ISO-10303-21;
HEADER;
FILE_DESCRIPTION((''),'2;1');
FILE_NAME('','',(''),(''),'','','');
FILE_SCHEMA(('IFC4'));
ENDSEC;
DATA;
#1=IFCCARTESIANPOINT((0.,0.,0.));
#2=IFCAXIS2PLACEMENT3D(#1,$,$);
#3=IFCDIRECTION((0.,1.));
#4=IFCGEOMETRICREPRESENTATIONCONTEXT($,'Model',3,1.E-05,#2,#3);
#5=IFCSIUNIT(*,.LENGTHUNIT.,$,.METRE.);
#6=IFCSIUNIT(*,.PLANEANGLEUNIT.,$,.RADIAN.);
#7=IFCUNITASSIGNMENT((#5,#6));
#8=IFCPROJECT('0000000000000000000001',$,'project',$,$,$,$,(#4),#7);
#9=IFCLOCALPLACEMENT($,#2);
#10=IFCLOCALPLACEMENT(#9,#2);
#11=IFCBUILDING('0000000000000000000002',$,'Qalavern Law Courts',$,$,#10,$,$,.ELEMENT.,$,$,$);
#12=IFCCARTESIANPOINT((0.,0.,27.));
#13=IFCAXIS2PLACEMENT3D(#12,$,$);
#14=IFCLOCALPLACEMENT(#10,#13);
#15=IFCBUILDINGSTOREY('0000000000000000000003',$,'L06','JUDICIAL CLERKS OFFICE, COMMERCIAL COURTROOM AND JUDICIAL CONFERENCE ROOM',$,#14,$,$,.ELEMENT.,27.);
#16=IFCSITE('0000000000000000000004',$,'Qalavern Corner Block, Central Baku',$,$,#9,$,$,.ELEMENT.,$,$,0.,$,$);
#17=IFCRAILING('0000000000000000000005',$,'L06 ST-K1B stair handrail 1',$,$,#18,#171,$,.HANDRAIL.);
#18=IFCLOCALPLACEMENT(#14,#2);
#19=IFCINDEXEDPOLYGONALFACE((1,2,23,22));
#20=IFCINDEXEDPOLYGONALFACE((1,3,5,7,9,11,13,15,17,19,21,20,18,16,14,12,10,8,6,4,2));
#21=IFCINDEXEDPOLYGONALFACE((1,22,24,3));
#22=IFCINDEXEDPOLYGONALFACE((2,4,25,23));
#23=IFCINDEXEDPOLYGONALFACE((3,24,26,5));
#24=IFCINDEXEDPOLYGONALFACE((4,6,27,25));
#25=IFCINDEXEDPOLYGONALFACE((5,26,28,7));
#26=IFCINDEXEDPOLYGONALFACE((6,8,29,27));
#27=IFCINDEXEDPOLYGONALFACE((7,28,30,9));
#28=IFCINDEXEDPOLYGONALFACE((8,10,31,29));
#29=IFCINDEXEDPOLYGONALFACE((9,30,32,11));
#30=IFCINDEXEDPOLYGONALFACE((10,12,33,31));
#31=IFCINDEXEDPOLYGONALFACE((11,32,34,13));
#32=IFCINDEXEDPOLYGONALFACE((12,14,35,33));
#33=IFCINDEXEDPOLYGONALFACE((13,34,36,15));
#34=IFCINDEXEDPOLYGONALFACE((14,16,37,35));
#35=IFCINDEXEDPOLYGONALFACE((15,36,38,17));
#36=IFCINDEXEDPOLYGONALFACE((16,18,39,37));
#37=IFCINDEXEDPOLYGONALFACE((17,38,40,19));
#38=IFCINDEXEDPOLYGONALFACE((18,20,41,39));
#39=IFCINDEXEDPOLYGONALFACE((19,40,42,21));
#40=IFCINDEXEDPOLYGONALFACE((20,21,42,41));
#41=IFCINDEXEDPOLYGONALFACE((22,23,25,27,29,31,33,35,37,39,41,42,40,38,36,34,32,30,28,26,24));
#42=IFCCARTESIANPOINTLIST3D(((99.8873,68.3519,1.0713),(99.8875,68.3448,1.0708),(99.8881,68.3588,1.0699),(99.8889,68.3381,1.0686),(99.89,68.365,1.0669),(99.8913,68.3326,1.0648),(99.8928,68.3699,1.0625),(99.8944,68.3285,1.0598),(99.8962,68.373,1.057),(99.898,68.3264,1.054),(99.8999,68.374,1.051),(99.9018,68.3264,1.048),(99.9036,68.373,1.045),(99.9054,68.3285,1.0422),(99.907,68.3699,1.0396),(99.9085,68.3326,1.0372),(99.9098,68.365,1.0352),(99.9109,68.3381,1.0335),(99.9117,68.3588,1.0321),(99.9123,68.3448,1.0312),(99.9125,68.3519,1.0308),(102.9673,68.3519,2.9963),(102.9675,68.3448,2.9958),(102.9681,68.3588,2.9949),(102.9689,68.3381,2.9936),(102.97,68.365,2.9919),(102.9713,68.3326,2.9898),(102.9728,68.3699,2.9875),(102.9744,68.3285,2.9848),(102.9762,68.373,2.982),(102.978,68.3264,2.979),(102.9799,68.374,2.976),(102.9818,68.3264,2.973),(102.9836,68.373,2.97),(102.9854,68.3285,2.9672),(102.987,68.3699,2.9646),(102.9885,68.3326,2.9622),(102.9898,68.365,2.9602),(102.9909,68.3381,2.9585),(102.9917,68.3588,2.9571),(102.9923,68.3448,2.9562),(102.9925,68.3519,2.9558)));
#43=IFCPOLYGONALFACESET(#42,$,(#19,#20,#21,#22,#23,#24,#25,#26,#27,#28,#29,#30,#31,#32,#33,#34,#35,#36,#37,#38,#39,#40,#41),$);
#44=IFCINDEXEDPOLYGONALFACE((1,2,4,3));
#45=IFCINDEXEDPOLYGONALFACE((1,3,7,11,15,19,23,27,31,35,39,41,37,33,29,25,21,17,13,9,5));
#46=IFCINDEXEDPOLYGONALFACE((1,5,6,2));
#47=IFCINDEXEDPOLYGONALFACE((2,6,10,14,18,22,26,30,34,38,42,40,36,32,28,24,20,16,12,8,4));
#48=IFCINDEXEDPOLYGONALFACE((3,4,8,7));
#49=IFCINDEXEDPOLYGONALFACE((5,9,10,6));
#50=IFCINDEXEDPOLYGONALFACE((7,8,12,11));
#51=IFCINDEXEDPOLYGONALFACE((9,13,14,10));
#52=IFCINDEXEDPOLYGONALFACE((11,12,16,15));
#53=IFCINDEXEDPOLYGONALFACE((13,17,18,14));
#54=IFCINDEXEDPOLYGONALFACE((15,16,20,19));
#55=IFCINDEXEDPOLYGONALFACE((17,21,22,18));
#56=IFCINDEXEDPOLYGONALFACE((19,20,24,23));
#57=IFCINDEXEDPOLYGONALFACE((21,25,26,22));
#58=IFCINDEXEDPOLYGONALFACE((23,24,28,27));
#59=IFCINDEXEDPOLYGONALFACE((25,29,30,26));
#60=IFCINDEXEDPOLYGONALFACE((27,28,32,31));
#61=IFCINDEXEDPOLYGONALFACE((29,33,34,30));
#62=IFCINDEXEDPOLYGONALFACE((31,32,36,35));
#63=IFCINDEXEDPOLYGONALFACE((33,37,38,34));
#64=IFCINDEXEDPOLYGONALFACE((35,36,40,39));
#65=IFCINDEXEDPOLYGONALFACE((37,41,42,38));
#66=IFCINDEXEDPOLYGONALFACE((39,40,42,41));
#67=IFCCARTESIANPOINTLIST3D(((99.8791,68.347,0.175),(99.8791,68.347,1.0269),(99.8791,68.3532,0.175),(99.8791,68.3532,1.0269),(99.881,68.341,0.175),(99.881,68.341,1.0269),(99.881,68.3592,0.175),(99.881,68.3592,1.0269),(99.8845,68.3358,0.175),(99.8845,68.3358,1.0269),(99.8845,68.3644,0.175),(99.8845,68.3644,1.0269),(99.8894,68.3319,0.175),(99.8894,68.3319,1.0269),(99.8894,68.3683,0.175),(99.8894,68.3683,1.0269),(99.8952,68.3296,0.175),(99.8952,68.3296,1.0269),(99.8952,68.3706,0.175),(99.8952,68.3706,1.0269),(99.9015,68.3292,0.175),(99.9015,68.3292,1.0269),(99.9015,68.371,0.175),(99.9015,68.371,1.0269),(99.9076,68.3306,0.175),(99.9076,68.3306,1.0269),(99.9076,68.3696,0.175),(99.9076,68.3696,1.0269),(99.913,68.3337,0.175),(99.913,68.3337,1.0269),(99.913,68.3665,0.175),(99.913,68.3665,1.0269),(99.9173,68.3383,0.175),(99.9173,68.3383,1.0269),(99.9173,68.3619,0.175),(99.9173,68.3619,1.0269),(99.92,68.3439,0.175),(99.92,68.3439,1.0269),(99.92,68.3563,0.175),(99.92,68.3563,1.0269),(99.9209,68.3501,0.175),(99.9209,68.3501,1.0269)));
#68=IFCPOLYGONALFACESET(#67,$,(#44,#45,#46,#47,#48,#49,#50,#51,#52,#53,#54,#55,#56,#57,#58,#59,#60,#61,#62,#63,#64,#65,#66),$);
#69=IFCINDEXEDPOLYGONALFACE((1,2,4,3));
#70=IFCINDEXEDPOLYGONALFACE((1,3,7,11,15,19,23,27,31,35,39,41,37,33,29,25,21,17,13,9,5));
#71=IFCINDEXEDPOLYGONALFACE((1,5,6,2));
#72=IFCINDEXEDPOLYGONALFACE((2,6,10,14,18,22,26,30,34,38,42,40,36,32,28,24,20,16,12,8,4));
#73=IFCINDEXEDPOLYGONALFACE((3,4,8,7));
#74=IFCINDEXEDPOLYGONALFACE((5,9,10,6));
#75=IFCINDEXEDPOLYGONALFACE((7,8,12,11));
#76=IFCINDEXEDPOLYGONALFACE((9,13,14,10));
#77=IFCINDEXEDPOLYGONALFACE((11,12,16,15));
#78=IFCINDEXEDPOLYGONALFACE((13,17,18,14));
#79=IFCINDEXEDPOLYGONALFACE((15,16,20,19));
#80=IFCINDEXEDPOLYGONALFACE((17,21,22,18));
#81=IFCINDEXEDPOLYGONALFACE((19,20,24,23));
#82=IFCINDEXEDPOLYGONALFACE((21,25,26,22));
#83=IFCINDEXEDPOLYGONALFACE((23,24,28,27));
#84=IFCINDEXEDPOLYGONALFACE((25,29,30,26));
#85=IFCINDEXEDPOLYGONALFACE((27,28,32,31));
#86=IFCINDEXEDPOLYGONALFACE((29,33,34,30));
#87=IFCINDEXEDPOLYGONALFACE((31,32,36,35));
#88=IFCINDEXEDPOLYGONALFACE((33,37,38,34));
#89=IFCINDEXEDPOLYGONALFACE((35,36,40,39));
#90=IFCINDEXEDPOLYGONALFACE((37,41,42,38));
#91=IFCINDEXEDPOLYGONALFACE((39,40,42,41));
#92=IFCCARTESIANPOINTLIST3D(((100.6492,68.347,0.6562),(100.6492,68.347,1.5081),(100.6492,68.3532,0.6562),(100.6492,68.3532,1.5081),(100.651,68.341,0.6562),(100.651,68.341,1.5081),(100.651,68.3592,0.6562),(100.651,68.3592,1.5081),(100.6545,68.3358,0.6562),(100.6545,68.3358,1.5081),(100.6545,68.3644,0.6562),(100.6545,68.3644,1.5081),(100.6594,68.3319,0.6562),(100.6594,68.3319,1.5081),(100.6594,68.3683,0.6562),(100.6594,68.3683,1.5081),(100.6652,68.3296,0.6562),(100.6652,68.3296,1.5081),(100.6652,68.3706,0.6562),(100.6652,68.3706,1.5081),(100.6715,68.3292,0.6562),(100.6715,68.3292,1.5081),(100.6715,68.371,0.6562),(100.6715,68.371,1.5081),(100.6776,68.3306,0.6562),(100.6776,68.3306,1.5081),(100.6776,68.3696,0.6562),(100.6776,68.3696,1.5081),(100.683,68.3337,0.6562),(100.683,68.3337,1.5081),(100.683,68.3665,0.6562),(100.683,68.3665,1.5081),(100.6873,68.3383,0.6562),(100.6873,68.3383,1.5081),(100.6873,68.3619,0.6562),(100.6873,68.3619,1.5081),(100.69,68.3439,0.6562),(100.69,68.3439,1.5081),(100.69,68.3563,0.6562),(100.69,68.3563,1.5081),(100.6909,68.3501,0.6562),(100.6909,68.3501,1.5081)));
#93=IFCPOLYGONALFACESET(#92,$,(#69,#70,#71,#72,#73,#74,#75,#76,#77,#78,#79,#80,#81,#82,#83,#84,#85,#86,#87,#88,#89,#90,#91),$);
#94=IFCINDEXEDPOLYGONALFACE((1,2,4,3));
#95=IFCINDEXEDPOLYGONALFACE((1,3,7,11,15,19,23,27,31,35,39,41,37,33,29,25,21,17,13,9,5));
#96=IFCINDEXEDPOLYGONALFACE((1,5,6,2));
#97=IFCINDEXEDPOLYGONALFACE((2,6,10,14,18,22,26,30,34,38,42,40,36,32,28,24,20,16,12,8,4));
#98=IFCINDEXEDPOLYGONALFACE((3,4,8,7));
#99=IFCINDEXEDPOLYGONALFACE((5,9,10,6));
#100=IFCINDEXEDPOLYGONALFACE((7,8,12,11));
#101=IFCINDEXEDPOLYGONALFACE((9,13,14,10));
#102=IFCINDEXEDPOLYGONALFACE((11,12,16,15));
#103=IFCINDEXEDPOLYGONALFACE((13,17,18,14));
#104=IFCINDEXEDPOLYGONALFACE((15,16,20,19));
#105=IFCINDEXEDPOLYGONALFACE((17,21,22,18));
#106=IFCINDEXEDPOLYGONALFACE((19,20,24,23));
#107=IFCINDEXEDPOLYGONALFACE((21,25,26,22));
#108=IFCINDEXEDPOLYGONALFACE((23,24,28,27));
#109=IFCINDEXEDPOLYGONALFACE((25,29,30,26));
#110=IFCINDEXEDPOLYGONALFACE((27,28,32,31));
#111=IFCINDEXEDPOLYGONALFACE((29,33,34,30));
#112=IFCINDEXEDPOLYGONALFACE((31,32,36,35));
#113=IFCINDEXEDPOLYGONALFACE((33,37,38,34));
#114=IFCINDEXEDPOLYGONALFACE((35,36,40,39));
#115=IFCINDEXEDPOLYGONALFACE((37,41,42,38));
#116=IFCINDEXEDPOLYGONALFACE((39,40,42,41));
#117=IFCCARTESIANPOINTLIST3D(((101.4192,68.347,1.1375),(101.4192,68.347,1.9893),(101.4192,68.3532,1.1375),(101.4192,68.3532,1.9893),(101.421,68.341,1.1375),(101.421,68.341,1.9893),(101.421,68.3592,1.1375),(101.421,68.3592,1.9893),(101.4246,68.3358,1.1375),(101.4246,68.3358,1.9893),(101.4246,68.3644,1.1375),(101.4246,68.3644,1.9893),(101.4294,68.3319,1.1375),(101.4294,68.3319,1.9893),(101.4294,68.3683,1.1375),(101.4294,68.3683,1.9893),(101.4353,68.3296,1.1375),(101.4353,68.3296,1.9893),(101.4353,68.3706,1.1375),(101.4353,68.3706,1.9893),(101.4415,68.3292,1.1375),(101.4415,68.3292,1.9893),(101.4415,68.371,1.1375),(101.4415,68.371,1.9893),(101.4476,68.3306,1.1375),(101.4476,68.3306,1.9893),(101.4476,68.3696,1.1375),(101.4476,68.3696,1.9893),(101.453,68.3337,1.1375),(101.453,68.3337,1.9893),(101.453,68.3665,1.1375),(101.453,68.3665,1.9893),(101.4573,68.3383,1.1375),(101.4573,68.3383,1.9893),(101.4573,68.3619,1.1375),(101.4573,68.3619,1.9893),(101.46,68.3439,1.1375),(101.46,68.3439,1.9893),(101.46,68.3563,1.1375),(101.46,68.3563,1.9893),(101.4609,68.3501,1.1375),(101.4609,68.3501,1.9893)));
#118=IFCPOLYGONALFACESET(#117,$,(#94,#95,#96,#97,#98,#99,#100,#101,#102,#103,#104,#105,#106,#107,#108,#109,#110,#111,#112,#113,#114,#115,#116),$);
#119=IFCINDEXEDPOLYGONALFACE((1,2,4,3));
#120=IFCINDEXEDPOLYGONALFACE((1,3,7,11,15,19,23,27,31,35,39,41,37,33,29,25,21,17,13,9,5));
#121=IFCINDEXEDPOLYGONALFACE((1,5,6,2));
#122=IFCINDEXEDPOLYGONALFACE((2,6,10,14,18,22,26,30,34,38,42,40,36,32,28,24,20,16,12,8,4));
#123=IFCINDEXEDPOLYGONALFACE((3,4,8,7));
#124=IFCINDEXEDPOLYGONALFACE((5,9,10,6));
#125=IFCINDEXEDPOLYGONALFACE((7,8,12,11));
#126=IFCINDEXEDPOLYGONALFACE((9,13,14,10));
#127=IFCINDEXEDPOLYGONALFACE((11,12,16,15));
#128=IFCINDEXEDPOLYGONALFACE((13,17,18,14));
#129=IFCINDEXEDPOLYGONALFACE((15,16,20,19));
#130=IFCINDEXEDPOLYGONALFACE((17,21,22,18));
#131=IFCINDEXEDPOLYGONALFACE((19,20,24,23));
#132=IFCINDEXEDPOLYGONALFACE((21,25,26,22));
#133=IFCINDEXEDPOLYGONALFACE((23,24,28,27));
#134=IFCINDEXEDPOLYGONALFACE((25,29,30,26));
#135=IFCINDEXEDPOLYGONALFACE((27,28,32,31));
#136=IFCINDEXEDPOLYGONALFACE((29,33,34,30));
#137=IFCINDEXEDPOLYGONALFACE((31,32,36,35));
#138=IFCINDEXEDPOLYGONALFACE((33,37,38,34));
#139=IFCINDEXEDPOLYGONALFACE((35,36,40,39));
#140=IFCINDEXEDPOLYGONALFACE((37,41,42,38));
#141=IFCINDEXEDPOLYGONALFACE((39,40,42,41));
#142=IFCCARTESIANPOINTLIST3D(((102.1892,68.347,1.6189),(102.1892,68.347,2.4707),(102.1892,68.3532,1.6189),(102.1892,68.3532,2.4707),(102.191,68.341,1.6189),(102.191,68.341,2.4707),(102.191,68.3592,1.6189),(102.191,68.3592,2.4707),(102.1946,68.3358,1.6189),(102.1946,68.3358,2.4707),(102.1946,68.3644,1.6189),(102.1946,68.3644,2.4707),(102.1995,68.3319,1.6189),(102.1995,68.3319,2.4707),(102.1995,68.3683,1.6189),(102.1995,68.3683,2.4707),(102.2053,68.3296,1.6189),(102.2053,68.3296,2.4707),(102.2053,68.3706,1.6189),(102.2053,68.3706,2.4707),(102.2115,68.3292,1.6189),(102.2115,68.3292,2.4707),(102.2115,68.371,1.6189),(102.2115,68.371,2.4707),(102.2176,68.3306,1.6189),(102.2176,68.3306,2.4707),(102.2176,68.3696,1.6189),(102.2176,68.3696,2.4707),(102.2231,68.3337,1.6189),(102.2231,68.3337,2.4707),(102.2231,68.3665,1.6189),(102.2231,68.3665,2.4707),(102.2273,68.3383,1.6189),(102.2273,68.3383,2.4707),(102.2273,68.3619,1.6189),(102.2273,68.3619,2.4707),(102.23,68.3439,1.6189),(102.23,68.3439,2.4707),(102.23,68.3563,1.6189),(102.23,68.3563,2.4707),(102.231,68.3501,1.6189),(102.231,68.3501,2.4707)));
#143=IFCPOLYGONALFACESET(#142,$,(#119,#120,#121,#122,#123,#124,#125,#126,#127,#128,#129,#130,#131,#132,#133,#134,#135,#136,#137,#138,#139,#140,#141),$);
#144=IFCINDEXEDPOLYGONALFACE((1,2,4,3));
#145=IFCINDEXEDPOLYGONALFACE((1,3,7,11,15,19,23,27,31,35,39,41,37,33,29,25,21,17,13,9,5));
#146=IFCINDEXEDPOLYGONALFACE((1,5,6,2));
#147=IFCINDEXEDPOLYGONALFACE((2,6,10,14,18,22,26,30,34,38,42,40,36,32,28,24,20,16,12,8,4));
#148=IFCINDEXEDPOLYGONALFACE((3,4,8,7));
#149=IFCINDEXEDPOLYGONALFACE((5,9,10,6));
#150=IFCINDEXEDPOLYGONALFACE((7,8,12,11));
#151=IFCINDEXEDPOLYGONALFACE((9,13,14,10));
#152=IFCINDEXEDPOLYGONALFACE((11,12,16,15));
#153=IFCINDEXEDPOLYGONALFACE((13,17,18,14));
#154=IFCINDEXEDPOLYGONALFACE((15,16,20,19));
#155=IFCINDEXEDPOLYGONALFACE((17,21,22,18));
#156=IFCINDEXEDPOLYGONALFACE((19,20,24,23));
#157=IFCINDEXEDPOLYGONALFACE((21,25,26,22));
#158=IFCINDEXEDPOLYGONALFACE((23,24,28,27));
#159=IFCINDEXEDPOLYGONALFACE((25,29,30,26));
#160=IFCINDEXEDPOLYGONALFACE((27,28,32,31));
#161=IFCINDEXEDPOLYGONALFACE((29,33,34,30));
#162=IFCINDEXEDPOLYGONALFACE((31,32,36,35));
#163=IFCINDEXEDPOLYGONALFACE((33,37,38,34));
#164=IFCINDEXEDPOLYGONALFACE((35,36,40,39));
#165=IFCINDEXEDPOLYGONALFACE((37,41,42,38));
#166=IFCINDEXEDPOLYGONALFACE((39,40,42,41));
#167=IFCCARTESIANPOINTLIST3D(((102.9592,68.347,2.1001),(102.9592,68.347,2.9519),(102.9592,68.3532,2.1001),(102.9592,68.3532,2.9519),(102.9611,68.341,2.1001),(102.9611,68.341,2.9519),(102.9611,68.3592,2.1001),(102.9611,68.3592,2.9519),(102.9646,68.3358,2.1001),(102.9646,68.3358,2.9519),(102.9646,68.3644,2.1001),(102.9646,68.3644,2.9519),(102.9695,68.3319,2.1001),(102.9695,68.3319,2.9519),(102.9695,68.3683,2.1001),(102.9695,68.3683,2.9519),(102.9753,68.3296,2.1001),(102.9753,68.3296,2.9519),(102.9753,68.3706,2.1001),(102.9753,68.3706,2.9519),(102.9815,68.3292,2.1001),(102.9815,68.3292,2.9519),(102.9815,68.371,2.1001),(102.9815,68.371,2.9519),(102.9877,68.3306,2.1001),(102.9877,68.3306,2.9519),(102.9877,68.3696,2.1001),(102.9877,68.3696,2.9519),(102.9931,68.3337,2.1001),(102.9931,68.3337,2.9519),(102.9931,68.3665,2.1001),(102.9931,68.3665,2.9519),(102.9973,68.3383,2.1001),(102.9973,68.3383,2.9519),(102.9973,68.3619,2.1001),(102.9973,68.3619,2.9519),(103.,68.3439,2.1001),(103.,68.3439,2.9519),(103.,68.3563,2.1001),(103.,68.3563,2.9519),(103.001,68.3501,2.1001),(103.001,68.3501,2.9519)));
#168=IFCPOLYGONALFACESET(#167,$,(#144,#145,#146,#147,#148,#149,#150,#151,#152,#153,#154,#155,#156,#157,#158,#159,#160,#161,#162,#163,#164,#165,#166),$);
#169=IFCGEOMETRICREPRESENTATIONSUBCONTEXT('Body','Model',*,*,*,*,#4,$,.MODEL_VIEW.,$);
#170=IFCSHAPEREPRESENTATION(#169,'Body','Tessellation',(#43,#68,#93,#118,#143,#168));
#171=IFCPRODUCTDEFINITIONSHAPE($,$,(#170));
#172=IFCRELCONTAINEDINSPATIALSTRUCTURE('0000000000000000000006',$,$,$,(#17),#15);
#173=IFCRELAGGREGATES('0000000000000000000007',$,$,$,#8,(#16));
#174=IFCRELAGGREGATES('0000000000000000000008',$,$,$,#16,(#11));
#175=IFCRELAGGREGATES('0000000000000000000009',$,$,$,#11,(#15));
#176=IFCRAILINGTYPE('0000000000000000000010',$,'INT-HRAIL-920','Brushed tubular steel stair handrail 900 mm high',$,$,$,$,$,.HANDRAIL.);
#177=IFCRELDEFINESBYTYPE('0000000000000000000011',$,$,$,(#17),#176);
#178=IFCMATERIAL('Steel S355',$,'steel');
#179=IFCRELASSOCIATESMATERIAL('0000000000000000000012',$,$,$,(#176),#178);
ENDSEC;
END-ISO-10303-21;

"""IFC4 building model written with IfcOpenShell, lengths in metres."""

from ifc_helpers import new_model, si_unit, direction, frame, origin, origin_2d, place, context, subcontext, project, spatial, circle, extrude, material, type_object, element, save


model = new_model("IFC4")

# Units and contexts
model_context = context("Model", 3, precision=1e-05, world=origin(), true_north=direction((0.0, 1.0)))
body_context = subcontext(model_context, "Body", "Model", "MODEL_VIEW")
ifc_project = project(units=[si_unit("LENGTHUNIT", "METRE"), si_unit("PLANEANGLEUNIT", "RADIAN")], contexts=[model_context])

# Site, building, storey
site_placement = place(None, origin())
site = spatial("IfcSite", under=ifc_project, at=site_placement, Name="Qalavern Corner Block, Central Baku", CompositionType="ELEMENT", RefElevation=0.0)
building_placement = place(site_placement, origin())
building = spatial("IfcBuilding", under=site, at=building_placement, Name="Qalavern Law Courts", CompositionType="ELEMENT")
storey_placement = place(building_placement, frame((0.0, 0.0, 27.0)))
storey = spatial("IfcBuildingStorey", under=building, at=storey_placement, Name="L06", Description="JUDICIAL CLERKS OFFICE, COMMERCIAL COURTROOM AND JUDICIAL CONFERENCE ROOM", CompositionType="ELEMENT", Elevation=27.0)

# Shared definitions
ifc_material_1 = material(Name="Steel S355", Category="steel")

# Railing
railing_type_1 = type_object("IfcRailingType", Name="INT-HRAIL-920", Description="Brushed tubular steel stair handrail 900 mm high", PredefinedType="HANDRAIL", material=ifc_material_1)
railing_1_placement = place(storey_placement, frame((99.8999, 68.3501, 0.175)))
element("IfcRailing", 1, at=railing_1_placement, inside=storey, type_object=railing_type_1, Name="L06 ST-K1B stair handrail 1", PredefinedType="HANDRAIL", context=body_context, shape_type="SweptSolid", body=[
    extrude(circle(Radius=0.0239, at=origin_2d()), frame((0.0, 0.0, 0.876), z_axis=(0.847998, 0.0, 0.529999), x_axis=(0.0, 1.0, 0.0)), (0.0, 0.0, 1.0), 3.6321),
    extrude(circle(Radius=0.021, at=origin_2d()), origin(), (0.0, 0.0, 1.0), 0.8518),
    extrude(circle(Radius=0.021, at=origin_2d()), frame((0.77, 0.0, 0.4812)), (0.0, 0.0, 1.0), 0.8518),
    extrude(circle(Radius=0.021, at=origin_2d()), frame((1.54, 0.0, 0.9624)), (0.0, 0.0, 1.0), 0.8518),
    extrude(circle(Radius=0.021, at=origin_2d()), frame((2.3101, 0.0, 1.4438)), (0.0, 0.0, 1.0), 0.8518),
    extrude(circle(Radius=0.021, at=origin_2d()), frame((3.0801, 0.0, 1.925)), (0.0, 0.0, 1.0), 0.8518),
])

save(model, "model.ifc")
